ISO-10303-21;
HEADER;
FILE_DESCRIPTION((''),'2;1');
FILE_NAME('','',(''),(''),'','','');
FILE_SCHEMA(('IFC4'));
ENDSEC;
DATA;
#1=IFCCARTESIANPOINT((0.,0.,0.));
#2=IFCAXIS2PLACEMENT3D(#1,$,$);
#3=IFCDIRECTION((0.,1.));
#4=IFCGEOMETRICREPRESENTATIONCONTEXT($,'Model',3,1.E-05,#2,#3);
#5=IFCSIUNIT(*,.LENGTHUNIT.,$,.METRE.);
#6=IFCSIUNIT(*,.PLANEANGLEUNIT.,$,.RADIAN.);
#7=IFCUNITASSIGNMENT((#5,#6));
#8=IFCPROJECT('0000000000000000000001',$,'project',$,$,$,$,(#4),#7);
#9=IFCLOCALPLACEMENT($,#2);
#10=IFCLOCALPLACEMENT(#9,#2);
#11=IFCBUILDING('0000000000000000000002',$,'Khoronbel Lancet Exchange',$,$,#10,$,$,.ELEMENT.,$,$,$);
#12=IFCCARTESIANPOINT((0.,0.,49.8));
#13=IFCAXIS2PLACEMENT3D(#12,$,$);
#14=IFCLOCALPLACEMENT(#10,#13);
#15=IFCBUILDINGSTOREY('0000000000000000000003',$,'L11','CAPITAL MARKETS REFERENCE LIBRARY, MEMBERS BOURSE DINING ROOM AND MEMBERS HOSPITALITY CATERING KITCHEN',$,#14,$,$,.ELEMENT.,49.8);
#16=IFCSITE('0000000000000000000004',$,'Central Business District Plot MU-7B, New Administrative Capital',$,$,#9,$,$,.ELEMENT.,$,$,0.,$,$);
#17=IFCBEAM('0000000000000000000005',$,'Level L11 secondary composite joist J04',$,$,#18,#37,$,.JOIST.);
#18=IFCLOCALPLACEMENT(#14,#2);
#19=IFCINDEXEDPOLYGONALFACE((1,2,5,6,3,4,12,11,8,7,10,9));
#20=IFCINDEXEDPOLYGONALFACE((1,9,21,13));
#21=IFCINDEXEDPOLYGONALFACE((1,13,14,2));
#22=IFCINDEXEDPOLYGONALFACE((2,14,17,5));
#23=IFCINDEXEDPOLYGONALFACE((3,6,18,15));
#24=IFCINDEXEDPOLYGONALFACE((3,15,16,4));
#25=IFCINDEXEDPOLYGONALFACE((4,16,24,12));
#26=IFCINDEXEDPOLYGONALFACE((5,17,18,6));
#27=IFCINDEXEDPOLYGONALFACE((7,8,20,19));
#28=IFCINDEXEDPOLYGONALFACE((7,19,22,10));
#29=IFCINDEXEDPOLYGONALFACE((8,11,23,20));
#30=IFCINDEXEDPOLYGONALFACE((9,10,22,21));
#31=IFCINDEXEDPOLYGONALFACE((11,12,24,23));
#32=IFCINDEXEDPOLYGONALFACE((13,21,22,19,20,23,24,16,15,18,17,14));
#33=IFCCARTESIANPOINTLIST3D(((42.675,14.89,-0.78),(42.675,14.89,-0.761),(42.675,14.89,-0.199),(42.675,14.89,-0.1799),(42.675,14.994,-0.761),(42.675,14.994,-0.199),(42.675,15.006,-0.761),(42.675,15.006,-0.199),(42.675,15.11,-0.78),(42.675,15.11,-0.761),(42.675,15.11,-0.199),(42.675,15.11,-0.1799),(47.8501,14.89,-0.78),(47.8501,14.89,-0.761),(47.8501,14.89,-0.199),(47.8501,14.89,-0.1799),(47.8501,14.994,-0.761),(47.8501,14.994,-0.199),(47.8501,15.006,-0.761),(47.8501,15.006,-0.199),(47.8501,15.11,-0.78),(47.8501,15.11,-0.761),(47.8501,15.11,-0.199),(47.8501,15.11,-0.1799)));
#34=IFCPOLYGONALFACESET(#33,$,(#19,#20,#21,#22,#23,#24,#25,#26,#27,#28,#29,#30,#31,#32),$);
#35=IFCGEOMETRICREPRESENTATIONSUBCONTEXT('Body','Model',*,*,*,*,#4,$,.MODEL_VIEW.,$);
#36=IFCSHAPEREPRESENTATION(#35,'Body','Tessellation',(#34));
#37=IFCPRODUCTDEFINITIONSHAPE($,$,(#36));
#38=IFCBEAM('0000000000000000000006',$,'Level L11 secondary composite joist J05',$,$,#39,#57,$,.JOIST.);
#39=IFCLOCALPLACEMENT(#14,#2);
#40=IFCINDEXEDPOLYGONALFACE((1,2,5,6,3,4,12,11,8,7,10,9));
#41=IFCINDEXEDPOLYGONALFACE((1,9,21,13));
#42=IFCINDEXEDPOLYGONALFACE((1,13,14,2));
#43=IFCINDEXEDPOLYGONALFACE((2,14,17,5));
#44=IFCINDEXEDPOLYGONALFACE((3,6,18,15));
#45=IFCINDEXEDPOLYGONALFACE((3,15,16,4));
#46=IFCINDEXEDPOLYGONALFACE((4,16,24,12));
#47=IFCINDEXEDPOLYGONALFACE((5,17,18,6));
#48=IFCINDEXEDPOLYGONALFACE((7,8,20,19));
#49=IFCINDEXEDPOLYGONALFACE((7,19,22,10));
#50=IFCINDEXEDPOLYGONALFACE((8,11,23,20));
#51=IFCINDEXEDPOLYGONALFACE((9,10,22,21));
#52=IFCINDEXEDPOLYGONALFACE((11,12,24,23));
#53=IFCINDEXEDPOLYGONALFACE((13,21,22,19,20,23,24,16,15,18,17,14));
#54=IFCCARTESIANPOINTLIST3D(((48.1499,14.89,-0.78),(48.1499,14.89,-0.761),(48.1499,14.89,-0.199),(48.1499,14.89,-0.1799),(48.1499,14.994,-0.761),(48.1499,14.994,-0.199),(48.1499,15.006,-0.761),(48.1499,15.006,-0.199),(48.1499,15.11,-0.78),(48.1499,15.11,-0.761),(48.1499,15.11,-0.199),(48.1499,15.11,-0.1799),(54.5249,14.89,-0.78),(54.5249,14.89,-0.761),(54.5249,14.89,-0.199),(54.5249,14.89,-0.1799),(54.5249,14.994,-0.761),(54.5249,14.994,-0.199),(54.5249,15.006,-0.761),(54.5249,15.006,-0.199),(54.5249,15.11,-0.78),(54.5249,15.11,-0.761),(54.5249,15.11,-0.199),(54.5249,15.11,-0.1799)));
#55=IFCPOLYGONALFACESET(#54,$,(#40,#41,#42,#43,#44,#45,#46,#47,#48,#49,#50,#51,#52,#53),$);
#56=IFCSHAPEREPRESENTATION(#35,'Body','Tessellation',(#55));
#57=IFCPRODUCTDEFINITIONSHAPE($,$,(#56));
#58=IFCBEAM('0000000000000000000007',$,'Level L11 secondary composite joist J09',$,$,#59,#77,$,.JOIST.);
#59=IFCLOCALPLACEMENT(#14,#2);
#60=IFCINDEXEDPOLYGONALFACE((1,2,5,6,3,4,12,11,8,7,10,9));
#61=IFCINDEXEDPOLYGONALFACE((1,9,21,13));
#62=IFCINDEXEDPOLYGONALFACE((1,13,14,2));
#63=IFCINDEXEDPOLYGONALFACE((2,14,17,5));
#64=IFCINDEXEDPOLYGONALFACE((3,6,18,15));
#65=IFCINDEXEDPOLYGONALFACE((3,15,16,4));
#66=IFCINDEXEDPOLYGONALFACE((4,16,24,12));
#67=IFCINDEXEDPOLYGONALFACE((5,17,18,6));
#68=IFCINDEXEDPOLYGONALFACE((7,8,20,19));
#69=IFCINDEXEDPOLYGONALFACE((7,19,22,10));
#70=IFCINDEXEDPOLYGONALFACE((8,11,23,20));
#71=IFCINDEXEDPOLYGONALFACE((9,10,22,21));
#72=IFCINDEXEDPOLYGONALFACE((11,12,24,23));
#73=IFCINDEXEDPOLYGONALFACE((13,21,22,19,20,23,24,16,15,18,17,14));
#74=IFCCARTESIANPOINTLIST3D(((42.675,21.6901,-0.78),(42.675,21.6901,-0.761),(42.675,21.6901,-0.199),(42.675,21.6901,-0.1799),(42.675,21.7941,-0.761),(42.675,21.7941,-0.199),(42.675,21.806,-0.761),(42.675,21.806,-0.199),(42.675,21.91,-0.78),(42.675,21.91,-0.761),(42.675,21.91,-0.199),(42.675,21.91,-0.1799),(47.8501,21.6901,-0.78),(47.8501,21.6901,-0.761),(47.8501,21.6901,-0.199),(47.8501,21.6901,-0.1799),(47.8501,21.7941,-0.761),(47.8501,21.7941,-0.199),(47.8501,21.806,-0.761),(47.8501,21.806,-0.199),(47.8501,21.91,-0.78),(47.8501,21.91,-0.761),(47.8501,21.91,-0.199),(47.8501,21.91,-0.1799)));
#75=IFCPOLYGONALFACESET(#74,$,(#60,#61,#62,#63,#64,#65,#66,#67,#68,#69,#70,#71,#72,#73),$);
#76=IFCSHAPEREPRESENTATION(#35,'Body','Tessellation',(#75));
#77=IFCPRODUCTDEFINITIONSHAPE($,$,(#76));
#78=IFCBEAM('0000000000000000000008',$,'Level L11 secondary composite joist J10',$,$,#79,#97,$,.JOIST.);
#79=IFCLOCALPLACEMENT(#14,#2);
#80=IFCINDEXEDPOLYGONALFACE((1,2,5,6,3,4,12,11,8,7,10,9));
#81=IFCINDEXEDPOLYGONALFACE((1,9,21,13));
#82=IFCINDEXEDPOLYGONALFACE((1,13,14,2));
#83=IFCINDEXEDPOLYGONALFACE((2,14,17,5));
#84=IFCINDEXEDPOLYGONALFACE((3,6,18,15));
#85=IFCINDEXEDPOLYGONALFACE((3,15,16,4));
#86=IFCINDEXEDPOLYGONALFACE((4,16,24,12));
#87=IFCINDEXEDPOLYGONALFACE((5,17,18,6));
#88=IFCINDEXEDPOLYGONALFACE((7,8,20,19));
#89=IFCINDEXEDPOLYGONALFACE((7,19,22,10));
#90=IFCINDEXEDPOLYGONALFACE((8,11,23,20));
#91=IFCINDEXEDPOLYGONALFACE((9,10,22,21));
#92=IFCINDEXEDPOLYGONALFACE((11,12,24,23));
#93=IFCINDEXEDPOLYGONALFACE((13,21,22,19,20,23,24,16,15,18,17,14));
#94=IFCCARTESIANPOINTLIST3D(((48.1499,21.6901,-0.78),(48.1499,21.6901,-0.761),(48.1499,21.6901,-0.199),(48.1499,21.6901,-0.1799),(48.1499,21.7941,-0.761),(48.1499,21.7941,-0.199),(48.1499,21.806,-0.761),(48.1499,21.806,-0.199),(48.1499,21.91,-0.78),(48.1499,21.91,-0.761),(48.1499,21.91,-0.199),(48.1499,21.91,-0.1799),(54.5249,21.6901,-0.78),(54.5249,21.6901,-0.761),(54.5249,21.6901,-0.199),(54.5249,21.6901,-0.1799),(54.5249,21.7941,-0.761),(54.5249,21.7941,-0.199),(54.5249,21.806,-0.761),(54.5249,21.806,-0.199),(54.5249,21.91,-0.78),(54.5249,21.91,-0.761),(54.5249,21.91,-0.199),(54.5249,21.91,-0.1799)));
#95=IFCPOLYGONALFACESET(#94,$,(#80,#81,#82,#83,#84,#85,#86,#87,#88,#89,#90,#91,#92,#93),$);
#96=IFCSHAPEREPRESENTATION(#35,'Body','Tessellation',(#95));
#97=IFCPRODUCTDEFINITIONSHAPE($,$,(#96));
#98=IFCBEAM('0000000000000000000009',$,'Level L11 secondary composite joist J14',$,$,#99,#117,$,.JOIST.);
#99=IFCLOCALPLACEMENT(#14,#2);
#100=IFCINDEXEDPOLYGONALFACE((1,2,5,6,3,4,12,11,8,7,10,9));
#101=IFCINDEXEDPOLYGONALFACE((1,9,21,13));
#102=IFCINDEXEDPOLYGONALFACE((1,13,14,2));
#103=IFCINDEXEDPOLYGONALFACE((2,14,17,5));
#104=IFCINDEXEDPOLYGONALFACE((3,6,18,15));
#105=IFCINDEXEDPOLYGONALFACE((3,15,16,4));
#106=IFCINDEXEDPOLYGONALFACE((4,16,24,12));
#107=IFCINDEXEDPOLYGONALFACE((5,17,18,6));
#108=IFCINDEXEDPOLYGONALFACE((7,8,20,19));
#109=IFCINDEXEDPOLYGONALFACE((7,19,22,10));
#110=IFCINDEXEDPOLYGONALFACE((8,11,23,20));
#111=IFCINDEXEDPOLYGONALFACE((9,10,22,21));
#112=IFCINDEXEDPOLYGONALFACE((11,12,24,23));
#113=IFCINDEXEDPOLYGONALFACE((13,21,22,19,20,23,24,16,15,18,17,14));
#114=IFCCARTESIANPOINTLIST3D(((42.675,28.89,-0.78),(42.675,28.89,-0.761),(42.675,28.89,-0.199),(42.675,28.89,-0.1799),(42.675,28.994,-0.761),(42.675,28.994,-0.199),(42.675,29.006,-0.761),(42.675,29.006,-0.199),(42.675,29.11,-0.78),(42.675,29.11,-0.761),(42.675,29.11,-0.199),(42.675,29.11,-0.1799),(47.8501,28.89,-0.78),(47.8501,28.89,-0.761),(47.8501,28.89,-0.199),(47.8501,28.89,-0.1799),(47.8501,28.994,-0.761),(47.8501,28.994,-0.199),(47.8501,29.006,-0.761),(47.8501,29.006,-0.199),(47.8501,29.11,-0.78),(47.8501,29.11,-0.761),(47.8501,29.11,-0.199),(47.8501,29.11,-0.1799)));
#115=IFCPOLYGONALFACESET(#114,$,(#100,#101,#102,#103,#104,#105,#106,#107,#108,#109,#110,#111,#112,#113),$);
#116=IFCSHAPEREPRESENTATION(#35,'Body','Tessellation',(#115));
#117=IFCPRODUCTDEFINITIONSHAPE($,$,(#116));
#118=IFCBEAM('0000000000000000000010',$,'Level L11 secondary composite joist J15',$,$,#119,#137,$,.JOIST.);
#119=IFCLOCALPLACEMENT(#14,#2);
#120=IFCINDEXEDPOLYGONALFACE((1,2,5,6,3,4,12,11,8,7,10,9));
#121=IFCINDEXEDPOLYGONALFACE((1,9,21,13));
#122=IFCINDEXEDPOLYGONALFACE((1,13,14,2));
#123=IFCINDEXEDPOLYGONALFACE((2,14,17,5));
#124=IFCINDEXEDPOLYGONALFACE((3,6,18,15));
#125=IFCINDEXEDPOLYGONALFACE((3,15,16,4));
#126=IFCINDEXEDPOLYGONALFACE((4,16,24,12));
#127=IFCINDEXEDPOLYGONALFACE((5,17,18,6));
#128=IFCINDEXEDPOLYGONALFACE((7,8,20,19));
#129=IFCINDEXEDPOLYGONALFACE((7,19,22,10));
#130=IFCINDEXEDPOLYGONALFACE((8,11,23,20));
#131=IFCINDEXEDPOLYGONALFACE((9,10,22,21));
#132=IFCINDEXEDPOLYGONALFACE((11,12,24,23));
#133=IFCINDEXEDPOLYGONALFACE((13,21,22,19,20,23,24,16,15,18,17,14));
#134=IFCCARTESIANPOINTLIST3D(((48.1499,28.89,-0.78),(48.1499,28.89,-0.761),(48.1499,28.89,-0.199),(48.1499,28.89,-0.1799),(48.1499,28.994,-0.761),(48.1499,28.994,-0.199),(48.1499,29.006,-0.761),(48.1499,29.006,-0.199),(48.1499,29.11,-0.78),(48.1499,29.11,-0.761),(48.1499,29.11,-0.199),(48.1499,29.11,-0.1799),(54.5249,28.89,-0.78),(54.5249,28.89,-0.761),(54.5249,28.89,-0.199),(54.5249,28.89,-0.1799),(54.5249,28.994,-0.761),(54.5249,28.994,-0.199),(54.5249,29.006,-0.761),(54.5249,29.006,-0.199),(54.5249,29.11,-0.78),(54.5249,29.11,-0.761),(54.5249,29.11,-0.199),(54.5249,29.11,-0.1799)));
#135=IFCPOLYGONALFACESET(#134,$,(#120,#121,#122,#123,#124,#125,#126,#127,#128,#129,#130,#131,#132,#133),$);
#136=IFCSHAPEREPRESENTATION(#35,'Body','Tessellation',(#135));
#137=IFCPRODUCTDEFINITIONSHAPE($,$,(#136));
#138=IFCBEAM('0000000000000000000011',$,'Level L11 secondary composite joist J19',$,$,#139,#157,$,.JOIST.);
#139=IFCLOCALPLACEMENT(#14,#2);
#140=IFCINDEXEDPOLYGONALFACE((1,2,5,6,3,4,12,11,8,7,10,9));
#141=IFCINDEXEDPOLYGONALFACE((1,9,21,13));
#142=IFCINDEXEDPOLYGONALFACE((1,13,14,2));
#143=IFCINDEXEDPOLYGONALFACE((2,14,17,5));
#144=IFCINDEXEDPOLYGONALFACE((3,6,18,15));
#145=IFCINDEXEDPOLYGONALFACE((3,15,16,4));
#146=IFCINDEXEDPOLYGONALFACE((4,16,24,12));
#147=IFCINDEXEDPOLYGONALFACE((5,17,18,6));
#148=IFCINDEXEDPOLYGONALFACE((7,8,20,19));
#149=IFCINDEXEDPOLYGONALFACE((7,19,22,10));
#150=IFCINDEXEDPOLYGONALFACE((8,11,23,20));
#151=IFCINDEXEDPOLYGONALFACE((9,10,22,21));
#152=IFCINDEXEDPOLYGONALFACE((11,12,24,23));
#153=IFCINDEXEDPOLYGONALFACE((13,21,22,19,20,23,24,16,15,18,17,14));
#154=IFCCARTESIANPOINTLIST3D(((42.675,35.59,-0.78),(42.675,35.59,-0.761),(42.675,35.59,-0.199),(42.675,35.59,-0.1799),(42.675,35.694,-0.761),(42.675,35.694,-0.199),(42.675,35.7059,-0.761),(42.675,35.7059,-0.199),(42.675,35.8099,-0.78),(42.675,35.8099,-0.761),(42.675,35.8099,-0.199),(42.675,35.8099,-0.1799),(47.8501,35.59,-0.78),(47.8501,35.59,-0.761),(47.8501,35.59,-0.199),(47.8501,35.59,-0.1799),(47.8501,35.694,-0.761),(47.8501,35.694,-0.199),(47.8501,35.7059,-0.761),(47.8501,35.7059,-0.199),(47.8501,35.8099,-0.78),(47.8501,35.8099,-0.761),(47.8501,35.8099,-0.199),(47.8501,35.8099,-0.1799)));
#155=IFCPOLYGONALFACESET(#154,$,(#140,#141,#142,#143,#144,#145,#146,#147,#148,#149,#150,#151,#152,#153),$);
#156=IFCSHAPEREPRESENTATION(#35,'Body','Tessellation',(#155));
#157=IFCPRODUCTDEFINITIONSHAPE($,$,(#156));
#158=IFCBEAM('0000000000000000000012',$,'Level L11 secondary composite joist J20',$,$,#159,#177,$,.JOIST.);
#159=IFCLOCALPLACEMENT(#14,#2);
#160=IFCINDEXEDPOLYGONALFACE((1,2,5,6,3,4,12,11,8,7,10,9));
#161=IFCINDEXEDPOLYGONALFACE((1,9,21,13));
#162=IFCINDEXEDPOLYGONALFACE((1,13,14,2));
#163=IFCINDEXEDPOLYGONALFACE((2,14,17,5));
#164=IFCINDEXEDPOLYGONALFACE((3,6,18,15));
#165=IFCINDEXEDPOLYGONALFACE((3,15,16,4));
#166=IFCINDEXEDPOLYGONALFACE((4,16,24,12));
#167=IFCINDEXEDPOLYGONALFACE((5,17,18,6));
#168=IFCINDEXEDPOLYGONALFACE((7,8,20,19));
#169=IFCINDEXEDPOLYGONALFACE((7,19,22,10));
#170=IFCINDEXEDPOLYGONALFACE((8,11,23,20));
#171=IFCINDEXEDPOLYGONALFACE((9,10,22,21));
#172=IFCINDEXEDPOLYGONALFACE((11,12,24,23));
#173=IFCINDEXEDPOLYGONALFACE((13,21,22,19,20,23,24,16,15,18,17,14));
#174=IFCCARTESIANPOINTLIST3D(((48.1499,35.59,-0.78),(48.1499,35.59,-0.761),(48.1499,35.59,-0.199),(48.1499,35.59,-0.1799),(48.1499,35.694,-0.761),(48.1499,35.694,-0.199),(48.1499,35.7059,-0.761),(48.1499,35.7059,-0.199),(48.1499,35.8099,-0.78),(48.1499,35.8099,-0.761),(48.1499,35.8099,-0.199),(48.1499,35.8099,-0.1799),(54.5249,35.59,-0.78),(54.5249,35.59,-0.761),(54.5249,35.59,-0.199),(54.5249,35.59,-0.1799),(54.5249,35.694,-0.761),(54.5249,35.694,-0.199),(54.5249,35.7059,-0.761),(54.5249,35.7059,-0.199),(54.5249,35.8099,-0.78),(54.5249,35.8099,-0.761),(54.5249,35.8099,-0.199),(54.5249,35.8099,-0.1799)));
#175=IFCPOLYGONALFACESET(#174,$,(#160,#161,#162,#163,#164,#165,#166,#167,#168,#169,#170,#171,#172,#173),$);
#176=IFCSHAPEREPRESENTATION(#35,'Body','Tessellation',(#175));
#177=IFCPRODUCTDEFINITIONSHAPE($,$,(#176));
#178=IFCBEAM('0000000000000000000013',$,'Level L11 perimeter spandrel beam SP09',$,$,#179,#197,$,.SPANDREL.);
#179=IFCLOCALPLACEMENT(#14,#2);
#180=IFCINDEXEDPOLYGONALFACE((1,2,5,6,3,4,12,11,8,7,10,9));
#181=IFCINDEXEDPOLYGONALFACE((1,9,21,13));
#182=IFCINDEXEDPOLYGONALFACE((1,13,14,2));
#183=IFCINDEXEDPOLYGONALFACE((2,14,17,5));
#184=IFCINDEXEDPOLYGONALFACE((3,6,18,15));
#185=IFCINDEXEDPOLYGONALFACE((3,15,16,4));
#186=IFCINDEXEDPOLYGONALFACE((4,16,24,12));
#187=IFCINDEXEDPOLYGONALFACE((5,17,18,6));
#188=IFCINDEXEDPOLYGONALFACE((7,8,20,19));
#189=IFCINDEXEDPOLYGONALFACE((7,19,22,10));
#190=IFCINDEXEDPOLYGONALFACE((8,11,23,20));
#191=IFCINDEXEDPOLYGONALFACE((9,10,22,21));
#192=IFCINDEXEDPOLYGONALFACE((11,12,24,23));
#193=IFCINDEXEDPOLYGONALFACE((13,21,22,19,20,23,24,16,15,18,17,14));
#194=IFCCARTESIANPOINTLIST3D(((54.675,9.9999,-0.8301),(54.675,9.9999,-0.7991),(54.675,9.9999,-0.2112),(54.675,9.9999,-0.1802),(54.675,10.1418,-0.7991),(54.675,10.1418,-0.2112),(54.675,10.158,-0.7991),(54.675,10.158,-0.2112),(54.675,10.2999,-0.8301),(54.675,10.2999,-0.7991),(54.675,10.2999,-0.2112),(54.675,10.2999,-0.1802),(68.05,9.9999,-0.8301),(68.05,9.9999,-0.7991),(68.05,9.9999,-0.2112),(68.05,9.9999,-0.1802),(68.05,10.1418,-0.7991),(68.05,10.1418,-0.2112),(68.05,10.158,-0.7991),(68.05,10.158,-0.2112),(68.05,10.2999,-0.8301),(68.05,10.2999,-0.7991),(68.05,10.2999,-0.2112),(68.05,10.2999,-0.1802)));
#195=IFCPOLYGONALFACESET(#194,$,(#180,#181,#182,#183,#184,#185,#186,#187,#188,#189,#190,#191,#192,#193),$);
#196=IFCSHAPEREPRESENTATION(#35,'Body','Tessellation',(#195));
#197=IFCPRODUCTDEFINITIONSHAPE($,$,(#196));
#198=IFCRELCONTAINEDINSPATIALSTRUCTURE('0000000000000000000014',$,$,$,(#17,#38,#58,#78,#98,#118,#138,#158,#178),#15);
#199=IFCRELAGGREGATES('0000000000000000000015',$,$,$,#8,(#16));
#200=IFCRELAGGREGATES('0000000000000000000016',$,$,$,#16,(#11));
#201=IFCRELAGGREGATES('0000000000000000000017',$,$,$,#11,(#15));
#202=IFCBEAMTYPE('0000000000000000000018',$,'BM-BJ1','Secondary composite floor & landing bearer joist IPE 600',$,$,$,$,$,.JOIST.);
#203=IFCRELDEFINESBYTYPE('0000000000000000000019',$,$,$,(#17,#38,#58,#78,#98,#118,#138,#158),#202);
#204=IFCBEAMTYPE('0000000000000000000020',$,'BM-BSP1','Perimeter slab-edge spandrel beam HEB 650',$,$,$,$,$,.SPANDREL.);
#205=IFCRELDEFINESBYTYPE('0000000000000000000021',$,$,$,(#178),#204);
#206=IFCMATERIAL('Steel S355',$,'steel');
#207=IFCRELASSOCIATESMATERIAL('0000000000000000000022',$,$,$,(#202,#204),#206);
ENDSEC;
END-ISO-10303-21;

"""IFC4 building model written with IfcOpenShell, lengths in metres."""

from ifc_helpers import new_model, si_unit, direction, frame, origin, origin_2d, place, context, subcontext, project, spatial, i_section, extrude, material, material_profile, profile_set, type_object, element, save


model = new_model("IFC4")

# Units and contexts
model_context = context("Model", 3, precision=1e-05, world=origin(), true_north=direction((0.0, 1.0)))
body_context = subcontext(model_context, "Body", "Model", "MODEL_VIEW")
ifc_project = project(units=[si_unit("LENGTHUNIT", "METRE"), si_unit("PLANEANGLEUNIT", "RADIAN")], contexts=[model_context])

# Site, building, storey
site_placement = place(None, origin())
site = spatial("IfcSite", under=ifc_project, at=site_placement, Name="Central Business District Plot MU-7B, New Administrative Capital", CompositionType="ELEMENT", RefElevation=0.0)
building_placement = place(site_placement, origin())
building = spatial("IfcBuilding", under=site, at=building_placement, Name="Khoronbel Lancet Exchange", CompositionType="ELEMENT")
storey_placement = place(building_placement, frame((0.0, 0.0, 49.8)))
storey = spatial("IfcBuildingStorey", under=building, at=storey_placement, Name="L11", Description="CAPITAL MARKETS REFERENCE LIBRARY, MEMBERS BOURSE DINING ROOM AND MEMBERS HOSPITALITY CATERING KITCHEN", CompositionType="ELEMENT", Elevation=49.8)

# Beams
ifc_material_1 = material(Name="Steel S355", Category="steel")
ifc_material_profile_1 = material_profile(ifc_material_1, i_section(OverallWidth=0.22, OverallDepth=0.6001, WebThickness=0.012, FlangeThickness=0.019, at=origin_2d()), Name="IPE 600")
ifc_profile_set_1 = profile_set([ifc_material_profile_1], Name="Steel S355")
beam_type_1 = type_object("IfcBeamType", Name="BM-BJ1", Description="Secondary composite floor & landing bearer joist IPE 600", PredefinedType="JOIST", material=ifc_profile_set_1)
beam_1_placement = place(storey_placement, frame((42.675, 15.0, -0.48), z_axis=(1.0, 0.0, 0.0), x_axis=(0.0, 1.0, 0.0)))
element("IfcBeam", 1, at=beam_1_placement, inside=storey, type_object=beam_type_1, Name="Level L11 secondary composite joist J04", PredefinedType="JOIST", context=body_context, shape_type="SweptSolid", body=[
    extrude(i_section(OverallWidth=0.22, OverallDepth=0.6001, WebThickness=0.012, FlangeThickness=0.019, at=origin_2d()), origin(), (0.0, 0.0, 1.0), 5.175),
])
beam_2_placement = place(storey_placement, frame((48.1499, 15.0, -0.48), z_axis=(1.0, 0.0, 0.0), x_axis=(0.0, 1.0, 0.0)))
element("IfcBeam", 2, at=beam_2_placement, inside=storey, type_object=beam_type_1, Name="Level L11 secondary composite joist J05", PredefinedType="JOIST", context=body_context, shape_type="SweptSolid", body=[
    extrude(i_section(OverallWidth=0.22, OverallDepth=0.6001, WebThickness=0.012, FlangeThickness=0.019, at=origin_2d()), origin(), (0.0, 0.0, 1.0), 6.375),
])
beam_3_placement = place(storey_placement, frame((42.675, 21.8, -0.48), z_axis=(1.0, 0.0, 0.0), x_axis=(0.0, 1.0, 0.0)))
element("IfcBeam", 3, at=beam_3_placement, inside=storey, type_object=beam_type_1, Name="Level L11 secondary composite joist J09", PredefinedType="JOIST", context=body_context, shape_type="SweptSolid", body=[
    extrude(i_section(OverallWidth=0.22, OverallDepth=0.6001, WebThickness=0.012, FlangeThickness=0.019, at=origin_2d()), origin(), (0.0, 0.0, 1.0), 5.175),
])
beam_4_placement = place(storey_placement, frame((48.1499, 21.8, -0.48), z_axis=(1.0, 0.0, 0.0), x_axis=(0.0, 1.0, 0.0)))
element("IfcBeam", 4, at=beam_4_placement, inside=storey, type_object=beam_type_1, Name="Level L11 secondary composite joist J10", PredefinedType="JOIST", context=body_context, shape_type="SweptSolid", body=[
    extrude(i_section(OverallWidth=0.22, OverallDepth=0.6001, WebThickness=0.012, FlangeThickness=0.019, at=origin_2d()), origin(), (0.0, 0.0, 1.0), 6.375),
])
beam_5_placement = place(storey_placement, frame((42.675, 29.0, -0.48), z_axis=(1.0, 0.0, 0.0), x_axis=(0.0, 1.0, 0.0)))
element("IfcBeam", 5, at=beam_5_placement, inside=storey, type_object=beam_type_1, Name="Level L11 secondary composite joist J14", PredefinedType="JOIST", context=body_context, shape_type="SweptSolid", body=[
    extrude(i_section(OverallWidth=0.22, OverallDepth=0.6001, WebThickness=0.012, FlangeThickness=0.019, at=origin_2d()), origin(), (0.0, 0.0, 1.0), 5.175),
])
beam_6_placement = place(storey_placement, frame((48.1499, 29.0, -0.48), z_axis=(1.0, 0.0, 0.0), x_axis=(0.0, 1.0, 0.0)))
element("IfcBeam", 6, at=beam_6_placement, inside=storey, type_object=beam_type_1, Name="Level L11 secondary composite joist J15", PredefinedType="JOIST", context=body_context, shape_type="SweptSolid", body=[
    extrude(i_section(OverallWidth=0.22, OverallDepth=0.6001, WebThickness=0.012, FlangeThickness=0.019, at=origin_2d()), origin(), (0.0, 0.0, 1.0), 6.375),
])
beam_7_placement = place(storey_placement, frame((42.675, 35.7, -0.48), z_axis=(1.0, 0.0, 0.0), x_axis=(0.0, 1.0, 0.0)))
element("IfcBeam", 7, at=beam_7_placement, inside=storey, type_object=beam_type_1, Name="Level L11 secondary composite joist J19", PredefinedType="JOIST", context=body_context, shape_type="SweptSolid", body=[
    extrude(i_section(OverallWidth=0.22, OverallDepth=0.6001, WebThickness=0.012, FlangeThickness=0.019, at=origin_2d()), origin(), (0.0, 0.0, 1.0), 5.175),
])
beam_8_placement = place(storey_placement, frame((48.1499, 35.7, -0.48), z_axis=(1.0, 0.0, 0.0), x_axis=(0.0, 1.0, 0.0)))
element("IfcBeam", 8, at=beam_8_placement, inside=storey, type_object=beam_type_1, Name="Level L11 secondary composite joist J20", PredefinedType="JOIST", context=body_context, shape_type="SweptSolid", body=[
    extrude(i_section(OverallWidth=0.22, OverallDepth=0.6001, WebThickness=0.012, FlangeThickness=0.019, at=origin_2d()), origin(), (0.0, 0.0, 1.0), 6.375),
])
ifc_material_profile_2 = material_profile(ifc_material_1, i_section(OverallWidth=0.3, OverallDepth=0.6499, WebThickness=0.0161, FlangeThickness=0.031, at=origin_2d()), Name="HEB 650")
ifc_profile_set_2 = profile_set([ifc_material_profile_2], Name="Steel S355")
beam_type_2 = type_object("IfcBeamType", Name="BM-BSP1", Description="Perimeter slab-edge spandrel beam HEB 650", PredefinedType="SPANDREL", material=ifc_profile_set_2)
beam_9_placement = place(storey_placement, frame((54.675, 10.1499, -0.5051), z_axis=(1.0, 0.0, 0.0), x_axis=(0.0, 1.0, 0.0)))
element("IfcBeam", 9, at=beam_9_placement, inside=storey, type_object=beam_type_2, Name="Level L11 perimeter spandrel beam SP09", PredefinedType="SPANDREL", context=body_context, shape_type="SweptSolid", body=[
    extrude(i_section(OverallWidth=0.3, OverallDepth=0.6499, WebThickness=0.0161, FlangeThickness=0.031, at=origin_2d()), origin(), (0.0, 0.0, 1.0), 13.375),
])

save(model, "model.ifc")
